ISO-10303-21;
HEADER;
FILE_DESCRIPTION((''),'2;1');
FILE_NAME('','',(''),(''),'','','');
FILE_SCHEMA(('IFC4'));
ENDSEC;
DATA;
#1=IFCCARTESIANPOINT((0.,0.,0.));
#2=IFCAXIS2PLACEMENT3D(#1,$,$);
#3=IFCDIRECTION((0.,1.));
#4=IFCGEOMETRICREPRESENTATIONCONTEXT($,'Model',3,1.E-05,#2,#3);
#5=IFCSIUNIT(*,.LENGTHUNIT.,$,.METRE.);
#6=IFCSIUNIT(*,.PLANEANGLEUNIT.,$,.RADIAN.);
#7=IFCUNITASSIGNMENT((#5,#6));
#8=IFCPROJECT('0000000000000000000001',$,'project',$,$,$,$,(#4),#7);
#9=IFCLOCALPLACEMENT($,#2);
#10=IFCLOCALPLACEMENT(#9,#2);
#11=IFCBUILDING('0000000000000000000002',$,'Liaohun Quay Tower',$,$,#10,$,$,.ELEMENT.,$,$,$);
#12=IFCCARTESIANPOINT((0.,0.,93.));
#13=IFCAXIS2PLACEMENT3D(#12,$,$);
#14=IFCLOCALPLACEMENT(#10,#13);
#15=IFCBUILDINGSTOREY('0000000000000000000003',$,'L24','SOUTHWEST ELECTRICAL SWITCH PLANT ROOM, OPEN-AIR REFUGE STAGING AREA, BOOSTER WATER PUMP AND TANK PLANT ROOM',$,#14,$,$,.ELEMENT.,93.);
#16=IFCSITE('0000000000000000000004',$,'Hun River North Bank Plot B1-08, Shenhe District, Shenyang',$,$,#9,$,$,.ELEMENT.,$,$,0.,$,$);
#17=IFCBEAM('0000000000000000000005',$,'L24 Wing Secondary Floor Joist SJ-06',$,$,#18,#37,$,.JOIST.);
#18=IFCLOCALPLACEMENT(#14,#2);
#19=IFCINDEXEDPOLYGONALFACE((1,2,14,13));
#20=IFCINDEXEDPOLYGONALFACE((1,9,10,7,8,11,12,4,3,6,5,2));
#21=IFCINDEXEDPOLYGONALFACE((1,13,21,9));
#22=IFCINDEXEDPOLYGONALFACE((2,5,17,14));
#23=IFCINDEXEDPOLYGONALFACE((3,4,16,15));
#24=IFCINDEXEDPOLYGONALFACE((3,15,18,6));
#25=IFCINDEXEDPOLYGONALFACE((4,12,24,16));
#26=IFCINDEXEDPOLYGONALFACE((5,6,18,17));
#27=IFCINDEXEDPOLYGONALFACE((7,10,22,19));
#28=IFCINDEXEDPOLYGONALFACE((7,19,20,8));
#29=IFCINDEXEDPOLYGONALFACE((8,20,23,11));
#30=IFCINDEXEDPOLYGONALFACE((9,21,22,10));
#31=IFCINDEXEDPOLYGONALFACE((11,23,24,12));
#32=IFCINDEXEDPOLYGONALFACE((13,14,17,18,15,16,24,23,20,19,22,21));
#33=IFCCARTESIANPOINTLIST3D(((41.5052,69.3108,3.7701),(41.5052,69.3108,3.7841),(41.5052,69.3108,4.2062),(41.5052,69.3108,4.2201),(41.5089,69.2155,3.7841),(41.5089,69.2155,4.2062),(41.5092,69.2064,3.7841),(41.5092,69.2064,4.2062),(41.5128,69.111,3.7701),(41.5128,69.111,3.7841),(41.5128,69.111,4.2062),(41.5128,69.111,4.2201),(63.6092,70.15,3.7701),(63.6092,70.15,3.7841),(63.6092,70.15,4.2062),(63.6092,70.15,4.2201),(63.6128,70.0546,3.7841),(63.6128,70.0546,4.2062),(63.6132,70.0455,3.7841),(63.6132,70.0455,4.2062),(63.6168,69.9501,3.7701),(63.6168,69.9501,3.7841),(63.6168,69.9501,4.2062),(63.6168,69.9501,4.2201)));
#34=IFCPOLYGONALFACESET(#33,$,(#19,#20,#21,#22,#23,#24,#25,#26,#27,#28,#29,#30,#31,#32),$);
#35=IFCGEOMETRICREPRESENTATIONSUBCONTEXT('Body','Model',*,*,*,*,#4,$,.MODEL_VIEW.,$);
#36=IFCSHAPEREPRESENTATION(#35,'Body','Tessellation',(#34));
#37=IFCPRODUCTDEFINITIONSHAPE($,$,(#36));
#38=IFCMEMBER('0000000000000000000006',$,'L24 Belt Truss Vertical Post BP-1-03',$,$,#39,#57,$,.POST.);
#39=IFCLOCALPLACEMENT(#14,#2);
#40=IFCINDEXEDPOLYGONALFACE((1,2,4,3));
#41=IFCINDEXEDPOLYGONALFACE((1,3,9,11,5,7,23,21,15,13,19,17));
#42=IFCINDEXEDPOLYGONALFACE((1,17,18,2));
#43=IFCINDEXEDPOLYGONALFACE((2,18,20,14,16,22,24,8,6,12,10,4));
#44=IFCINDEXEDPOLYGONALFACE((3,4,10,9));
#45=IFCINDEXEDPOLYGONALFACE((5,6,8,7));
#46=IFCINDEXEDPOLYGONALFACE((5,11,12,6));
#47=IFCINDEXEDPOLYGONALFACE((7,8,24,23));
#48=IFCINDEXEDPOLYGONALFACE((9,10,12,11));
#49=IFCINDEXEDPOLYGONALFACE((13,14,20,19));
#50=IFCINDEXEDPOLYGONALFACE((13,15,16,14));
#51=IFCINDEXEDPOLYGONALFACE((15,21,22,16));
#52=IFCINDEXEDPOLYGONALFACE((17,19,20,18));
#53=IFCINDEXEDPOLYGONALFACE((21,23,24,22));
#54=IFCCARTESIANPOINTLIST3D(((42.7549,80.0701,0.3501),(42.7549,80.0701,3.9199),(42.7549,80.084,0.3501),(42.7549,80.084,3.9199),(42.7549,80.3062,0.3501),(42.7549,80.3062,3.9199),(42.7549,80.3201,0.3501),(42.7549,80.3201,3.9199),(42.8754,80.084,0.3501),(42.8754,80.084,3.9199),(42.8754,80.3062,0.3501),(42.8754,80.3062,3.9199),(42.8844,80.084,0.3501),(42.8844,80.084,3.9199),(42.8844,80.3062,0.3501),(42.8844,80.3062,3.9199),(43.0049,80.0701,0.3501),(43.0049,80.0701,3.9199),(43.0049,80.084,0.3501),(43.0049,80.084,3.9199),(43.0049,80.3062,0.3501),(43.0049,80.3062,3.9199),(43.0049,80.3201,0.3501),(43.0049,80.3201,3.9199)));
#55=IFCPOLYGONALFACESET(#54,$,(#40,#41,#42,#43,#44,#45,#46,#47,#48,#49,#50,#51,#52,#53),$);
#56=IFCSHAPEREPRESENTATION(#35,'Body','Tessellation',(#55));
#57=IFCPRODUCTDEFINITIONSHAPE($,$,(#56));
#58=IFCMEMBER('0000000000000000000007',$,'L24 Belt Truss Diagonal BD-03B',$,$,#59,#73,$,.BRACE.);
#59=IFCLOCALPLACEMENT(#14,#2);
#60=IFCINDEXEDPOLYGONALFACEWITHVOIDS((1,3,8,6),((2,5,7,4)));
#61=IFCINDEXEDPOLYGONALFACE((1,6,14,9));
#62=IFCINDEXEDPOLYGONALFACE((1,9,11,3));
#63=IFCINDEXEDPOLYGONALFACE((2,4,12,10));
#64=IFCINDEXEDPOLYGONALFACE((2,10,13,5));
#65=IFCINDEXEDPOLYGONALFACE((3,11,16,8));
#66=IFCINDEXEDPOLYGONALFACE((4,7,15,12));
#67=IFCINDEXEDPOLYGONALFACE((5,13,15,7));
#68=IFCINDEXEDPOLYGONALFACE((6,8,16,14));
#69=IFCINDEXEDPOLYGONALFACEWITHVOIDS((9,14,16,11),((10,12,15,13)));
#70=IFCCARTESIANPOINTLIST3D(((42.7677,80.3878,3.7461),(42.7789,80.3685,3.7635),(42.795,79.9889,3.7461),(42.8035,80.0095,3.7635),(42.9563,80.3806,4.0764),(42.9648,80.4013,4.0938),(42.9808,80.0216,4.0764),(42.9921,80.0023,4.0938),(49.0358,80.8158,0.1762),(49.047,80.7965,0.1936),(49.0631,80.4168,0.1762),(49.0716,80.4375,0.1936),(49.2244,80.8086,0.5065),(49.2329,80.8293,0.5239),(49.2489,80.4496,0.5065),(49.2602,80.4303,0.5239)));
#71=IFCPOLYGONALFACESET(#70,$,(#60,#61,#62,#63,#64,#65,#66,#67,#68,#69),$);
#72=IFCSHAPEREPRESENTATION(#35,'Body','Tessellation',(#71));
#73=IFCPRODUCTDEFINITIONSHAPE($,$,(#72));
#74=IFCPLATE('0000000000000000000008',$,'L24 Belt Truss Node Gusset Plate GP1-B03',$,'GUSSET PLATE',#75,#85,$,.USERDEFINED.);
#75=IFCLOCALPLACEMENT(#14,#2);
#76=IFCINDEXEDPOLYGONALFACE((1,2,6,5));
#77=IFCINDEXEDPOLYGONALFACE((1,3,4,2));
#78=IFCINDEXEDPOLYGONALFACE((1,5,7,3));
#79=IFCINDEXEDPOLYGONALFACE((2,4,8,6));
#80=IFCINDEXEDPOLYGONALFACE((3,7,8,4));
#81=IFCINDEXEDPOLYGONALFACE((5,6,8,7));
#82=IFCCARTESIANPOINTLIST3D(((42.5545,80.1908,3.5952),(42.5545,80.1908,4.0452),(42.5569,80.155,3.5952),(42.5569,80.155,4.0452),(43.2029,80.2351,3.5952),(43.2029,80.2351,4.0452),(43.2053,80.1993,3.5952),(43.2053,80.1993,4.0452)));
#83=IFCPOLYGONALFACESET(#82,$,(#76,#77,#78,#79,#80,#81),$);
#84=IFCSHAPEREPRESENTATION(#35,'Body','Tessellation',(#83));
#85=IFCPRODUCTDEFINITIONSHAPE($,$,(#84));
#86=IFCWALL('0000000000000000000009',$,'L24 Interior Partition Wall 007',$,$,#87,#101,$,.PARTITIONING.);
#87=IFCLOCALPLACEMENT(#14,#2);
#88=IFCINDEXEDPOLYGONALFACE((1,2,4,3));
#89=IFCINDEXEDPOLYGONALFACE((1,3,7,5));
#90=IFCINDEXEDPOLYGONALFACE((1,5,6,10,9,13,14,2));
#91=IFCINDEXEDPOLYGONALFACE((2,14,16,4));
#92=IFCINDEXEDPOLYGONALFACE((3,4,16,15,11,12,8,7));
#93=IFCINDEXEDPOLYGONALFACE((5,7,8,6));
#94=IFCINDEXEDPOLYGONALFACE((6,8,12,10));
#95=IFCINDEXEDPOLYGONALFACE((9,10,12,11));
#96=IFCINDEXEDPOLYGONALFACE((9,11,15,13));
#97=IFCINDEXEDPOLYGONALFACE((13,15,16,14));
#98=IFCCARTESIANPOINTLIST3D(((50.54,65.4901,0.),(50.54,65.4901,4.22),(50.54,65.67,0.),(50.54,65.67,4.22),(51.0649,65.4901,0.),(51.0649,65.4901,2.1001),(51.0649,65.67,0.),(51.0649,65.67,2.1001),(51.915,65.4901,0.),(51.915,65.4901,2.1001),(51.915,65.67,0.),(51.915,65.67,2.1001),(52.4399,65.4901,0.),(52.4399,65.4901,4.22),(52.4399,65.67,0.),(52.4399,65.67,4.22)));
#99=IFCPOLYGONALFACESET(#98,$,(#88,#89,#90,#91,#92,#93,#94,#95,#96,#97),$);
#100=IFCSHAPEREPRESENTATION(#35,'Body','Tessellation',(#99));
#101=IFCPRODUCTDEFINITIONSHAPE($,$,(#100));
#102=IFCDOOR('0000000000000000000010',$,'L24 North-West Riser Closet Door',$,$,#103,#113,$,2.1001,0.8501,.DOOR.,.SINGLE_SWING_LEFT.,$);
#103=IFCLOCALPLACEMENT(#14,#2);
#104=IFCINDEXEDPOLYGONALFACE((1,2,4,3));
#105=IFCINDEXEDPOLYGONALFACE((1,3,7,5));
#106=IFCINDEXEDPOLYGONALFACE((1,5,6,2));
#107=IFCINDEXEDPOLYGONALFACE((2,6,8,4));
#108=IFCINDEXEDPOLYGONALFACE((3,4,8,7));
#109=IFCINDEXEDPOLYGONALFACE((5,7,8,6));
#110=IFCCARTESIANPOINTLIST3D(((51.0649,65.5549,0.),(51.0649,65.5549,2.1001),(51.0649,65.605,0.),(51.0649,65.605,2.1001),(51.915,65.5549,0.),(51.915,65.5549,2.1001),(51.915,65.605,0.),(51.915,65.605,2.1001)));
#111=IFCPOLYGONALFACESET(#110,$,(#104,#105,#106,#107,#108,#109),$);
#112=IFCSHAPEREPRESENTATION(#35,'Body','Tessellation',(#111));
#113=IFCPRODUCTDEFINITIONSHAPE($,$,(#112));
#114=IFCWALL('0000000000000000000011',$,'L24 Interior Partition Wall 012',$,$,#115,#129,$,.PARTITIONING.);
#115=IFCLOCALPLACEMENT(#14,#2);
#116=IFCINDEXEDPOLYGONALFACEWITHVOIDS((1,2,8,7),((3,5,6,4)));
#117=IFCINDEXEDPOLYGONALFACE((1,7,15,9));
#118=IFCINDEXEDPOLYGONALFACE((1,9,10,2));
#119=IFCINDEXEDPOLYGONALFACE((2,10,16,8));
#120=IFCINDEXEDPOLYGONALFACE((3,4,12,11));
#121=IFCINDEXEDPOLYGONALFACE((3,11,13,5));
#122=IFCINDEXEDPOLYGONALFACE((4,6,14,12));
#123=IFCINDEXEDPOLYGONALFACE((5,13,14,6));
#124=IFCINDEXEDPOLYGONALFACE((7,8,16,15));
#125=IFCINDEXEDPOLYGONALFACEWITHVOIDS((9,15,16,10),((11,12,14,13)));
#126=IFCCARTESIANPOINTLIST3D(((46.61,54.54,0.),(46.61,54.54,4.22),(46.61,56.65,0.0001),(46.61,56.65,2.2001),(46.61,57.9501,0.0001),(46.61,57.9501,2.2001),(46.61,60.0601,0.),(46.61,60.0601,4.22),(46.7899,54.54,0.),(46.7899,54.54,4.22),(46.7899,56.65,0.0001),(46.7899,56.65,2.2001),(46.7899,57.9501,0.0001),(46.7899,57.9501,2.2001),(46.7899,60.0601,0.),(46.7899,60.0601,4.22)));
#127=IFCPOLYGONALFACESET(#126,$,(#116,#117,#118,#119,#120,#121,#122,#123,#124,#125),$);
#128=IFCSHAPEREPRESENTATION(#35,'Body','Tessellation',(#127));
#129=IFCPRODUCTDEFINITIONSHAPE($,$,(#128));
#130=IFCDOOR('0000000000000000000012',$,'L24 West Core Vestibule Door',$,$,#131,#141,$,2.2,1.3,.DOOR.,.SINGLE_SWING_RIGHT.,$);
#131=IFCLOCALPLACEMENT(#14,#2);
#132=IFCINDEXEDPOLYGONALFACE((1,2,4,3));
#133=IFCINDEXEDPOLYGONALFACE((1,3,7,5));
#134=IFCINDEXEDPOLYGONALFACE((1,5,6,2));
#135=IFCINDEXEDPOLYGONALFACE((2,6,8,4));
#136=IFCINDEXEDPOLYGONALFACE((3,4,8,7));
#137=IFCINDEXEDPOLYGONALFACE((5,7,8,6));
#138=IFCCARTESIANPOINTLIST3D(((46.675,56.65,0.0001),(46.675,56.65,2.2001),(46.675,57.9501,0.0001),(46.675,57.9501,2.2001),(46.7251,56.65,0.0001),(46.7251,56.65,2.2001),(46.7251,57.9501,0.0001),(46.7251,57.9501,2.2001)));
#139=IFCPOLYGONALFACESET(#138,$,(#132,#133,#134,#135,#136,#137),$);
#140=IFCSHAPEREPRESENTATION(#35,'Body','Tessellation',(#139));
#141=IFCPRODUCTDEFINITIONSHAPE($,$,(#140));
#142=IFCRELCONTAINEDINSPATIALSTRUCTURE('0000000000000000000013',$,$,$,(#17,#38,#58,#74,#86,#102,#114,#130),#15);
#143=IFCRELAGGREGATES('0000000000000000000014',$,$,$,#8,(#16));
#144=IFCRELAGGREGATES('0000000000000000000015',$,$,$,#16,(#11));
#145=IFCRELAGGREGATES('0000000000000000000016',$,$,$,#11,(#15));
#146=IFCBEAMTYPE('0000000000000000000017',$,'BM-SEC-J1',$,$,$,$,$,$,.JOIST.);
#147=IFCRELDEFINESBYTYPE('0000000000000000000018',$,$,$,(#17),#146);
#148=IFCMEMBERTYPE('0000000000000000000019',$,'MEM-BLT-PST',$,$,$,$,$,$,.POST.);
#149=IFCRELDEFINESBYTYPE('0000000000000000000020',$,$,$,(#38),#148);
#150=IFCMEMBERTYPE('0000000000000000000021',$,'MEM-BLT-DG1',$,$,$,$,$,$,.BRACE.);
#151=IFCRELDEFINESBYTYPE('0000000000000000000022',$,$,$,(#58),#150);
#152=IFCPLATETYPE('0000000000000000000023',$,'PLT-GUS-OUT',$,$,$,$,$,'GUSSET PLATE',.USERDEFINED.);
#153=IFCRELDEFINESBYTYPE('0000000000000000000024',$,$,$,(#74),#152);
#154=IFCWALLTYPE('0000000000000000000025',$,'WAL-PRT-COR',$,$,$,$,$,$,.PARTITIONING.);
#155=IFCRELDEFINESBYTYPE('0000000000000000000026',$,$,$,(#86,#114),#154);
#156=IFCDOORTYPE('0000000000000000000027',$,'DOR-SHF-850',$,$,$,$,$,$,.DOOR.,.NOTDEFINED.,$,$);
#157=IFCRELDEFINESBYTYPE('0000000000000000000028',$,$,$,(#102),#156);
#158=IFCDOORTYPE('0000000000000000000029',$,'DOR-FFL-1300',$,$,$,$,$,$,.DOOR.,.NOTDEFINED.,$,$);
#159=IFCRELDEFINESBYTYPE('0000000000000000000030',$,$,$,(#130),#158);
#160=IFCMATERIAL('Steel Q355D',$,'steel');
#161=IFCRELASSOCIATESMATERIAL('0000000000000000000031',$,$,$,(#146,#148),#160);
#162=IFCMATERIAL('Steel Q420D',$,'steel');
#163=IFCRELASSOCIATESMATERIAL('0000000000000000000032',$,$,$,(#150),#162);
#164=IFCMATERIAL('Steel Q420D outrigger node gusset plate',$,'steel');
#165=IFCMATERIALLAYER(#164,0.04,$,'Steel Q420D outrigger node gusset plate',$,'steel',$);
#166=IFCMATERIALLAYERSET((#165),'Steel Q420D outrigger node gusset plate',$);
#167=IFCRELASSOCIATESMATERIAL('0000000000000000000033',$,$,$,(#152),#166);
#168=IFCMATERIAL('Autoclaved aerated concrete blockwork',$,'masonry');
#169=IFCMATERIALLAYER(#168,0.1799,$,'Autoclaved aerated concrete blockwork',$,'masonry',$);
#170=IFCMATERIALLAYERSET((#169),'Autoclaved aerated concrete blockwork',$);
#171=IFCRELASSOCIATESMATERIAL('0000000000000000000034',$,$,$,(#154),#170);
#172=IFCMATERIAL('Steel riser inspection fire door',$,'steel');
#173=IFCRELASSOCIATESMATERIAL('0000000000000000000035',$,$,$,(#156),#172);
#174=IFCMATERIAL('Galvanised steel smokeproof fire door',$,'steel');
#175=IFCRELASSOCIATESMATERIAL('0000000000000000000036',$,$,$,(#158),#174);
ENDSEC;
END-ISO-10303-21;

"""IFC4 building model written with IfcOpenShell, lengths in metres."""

from ifc_helpers import new_model, si_unit, direction, frame, frame_2d, origin, origin_2d, place, context, subcontext, project, spatial, rectangle, hollow_rectangle, i_section, extrude, source, transform, mapped, material, layer, layer_set, material_profile, profile_set, type_object, element, fill, save


model = new_model("IFC4")

# Units and contexts
model_context = context("Model", 3, precision=1e-05, world=origin(), true_north=direction((0.0, 1.0)))
body_context = subcontext(model_context, "Body", "Model", "MODEL_VIEW")
ifc_project = project(units=[si_unit("LENGTHUNIT", "METRE"), si_unit("PLANEANGLEUNIT", "RADIAN")], contexts=[model_context])

# Site, building, storey
site_placement = place(None, origin())
site = spatial("IfcSite", under=ifc_project, at=site_placement, Name="Hun River North Bank Plot B1-08, Shenhe District, Shenyang", CompositionType="ELEMENT", RefElevation=0.0)
building_placement = place(site_placement, origin())
building = spatial("IfcBuilding", under=site, at=building_placement, Name="Liaohun Quay Tower", CompositionType="ELEMENT")
storey_placement = place(building_placement, frame((0.0, 0.0, 93.0)))
storey = spatial("IfcBuildingStorey", under=building, at=storey_placement, Name="L24", Description="SOUTHWEST ELECTRICAL SWITCH PLANT ROOM, OPEN-AIR REFUGE STAGING AREA, BOOSTER WATER PUMP AND TANK PLANT ROOM", CompositionType="ELEMENT", Elevation=93.0)

# Beam
ifc_material_1 = material(Name="Steel Q355D", Category="steel")
ifc_material_profile_1 = material_profile(ifc_material_1, i_section(OverallWidth=0.2, OverallDepth=0.45, WebThickness=0.009, FlangeThickness=0.0139, at=origin_2d()), Name="HN450x200x9x14")
ifc_profile_set_1 = profile_set([ifc_material_profile_1], Name="Steel Q355D")
beam_type = type_object("IfcBeamType", Name="BM-SEC-J1", PredefinedType="JOIST", material=ifc_profile_set_1)
shared_shape_1 = source(origin(), body_context, "Body", "SweptSolid", [
    extrude(i_section(OverallWidth=0.2, OverallDepth=0.45, WebThickness=0.009, FlangeThickness=0.0139, at=origin_2d()), origin(), (0.0, 0.0, 1.0), 22.1199),
])
beam_placement = place(storey_placement, frame((41.509, 69.2109, 3.9951), z_axis=(0.99928, 0.037935, 0.0), x_axis=(-0.037935, 0.99928, 0.0)))
element("IfcBeam", 1, at=beam_placement, inside=storey, type_object=beam_type, Name="L24 Wing Secondary Floor Joist SJ-06", PredefinedType="JOIST", context=body_context, shape_type="MappedRepresentation", body=[
    mapped(shared_shape_1, transform((0.0, 0.0, 0.0), x_axis=(1.0, 0.0, 0.0), y_axis=(0.0, 1.0, 0.0), z_axis=(0.0, 0.0, 1.0), scale=1.0)),
])

# Members
ifc_material_profile_2 = material_profile(ifc_material_1, i_section(OverallWidth=0.25, OverallDepth=0.25, WebThickness=0.009, FlangeThickness=0.0139, at=origin_2d()), Name="HW250x250x9x14")
ifc_profile_set_2 = profile_set([ifc_material_profile_2], Name="Steel Q355D")
member_type_1 = type_object("IfcMemberType", Name="MEM-BLT-PST", PredefinedType="POST", material=ifc_profile_set_2)
shared_shape_2 = source(origin(), body_context, "Body", "SweptSolid", [
    extrude(i_section(OverallWidth=0.25, OverallDepth=0.25, WebThickness=0.009, FlangeThickness=0.0139, at=origin_2d()), origin(), (0.0, 0.0, 1.0), 3.5698),
])
member_1_placement = place(storey_placement, frame((42.8799, 80.1951, 0.3501), z_axis=(0.0, 0.0, 1.0), x_axis=(1.0, 0.0, 0.0)))
element("IfcMember", 2, at=member_1_placement, inside=storey, type_object=member_type_1, Name="L24 Belt Truss Vertical Post BP-1-03", PredefinedType="POST", context=body_context, shape_type="MappedRepresentation", body=[
    mapped(shared_shape_2, transform((0.0, 0.0, 0.0), x_axis=(1.0, 0.0, 0.0), y_axis=(0.0, 1.0, 0.0), z_axis=(0.0, 0.0, 1.0), scale=1.0)),
])
ifc_material_2 = material(Name="Steel Q420D", Category="steel")
ifc_material_profile_3 = material_profile(ifc_material_2, hollow_rectangle(XDim=0.3999, YDim=0.3999, WallThickness=0.02, at=origin_2d()), Name="SHS400x400x20")
ifc_profile_set_3 = profile_set([ifc_material_profile_3], Name="Steel Q420D")
member_type_2 = type_object("IfcMemberType", Name="MEM-BLT-DG1", PredefinedType="BRACE", material=ifc_profile_set_3)
shared_shape_3 = source(origin(), body_context, "Body", "SweptSolid", [
    extrude(hollow_rectangle(XDim=0.3999, YDim=0.3999, WallThickness=0.02, at=origin_2d()), origin(), (0.0, 0.0, 1.0), 7.2261),
])
member_2_placement = place(storey_placement, frame((42.8799, 80.1951, 3.9199), z_axis=(0.867429, 0.059227, -0.494023), x_axis=(-0.068121, 0.997677, 0.0)))
element("IfcMember", 3, at=member_2_placement, inside=storey, type_object=member_type_2, Name="L24 Belt Truss Diagonal BD-03B", PredefinedType="BRACE", context=body_context, shape_type="MappedRepresentation", body=[
    mapped(shared_shape_3, transform((0.0, 0.0, 0.0), x_axis=(1.0, 0.0, 0.0), y_axis=(0.0, 1.0, 0.0), z_axis=(0.0, 0.0, 1.0), scale=1.0)),
])

# Plate
ifc_material_3 = material(Name="Steel Q420D outrigger node gusset plate", Category="steel")
ifc_layer_1 = layer(ifc_material_3, 0.04, Name="Steel Q420D outrigger node gusset plate", Category="steel")
ifc_layer_set_1 = layer_set([ifc_layer_1], Name="Steel Q420D outrigger node gusset plate")
plate_type = type_object("IfcPlateType", Name="PLT-GUS-OUT", ElementType="GUSSET PLATE", PredefinedType="USERDEFINED", material=ifc_layer_set_1)
shared_shape_4 = source(origin(), body_context, "Body", "SweptSolid", [
    extrude(rectangle(XDim=0.6499, YDim=0.0359, at=origin_2d()), origin(), (0.0, 0.0, 1.0), 0.45),
])
plate_placement = place(storey_placement, frame((42.8799, 80.1951, 3.5952), z_axis=(0.0, 0.0, 1.0), x_axis=(0.997672, 0.068189, 0.0)))
element("IfcPlate", 4, at=plate_placement, inside=storey, type_object=plate_type, Name="L24 Belt Truss Node Gusset Plate GP1-B03", ObjectType="GUSSET PLATE", PredefinedType="USERDEFINED", context=body_context, shape_type="MappedRepresentation", body=[
    mapped(shared_shape_4, transform((0.0, 0.0, 0.0), x_axis=(1.0, 0.0, 0.0), y_axis=(0.0, 1.0, 0.0), z_axis=(0.0, 0.0, 1.0), scale=1.0)),
])

# Walls, openings, doors
ifc_material_4 = material(Name="Autoclaved aerated concrete blockwork", Category="masonry")
ifc_layer_2 = layer(ifc_material_4, 0.1799, Name="Autoclaved aerated concrete blockwork", Category="masonry")
ifc_layer_set_2 = layer_set([ifc_layer_2], Name="Autoclaved aerated concrete blockwork")
wall_type_1 = type_object("IfcWallType", Name="WAL-PRT-COR", PredefinedType="PARTITIONING", material=ifc_layer_set_2)
wall_1_placement = place(storey_placement, frame((50.54, 65.5801, 0.0), z_axis=(0.0, 0.0, 1.0), x_axis=(1.0, 0.0, 0.0)))
wall_1 = element("IfcWall", 5, at=wall_1_placement, inside=storey, type_object=wall_type_1, Name="L24 Interior Partition Wall 007", PredefinedType="PARTITIONING", context=body_context, shape_type="SweptSolid", body=[
    extrude(rectangle(XDim=1.8999, YDim=0.1799, at=frame_2d((0.95, 0.0))), origin(), (0.0, 0.0, 1.0), 4.22),
])
shared_shape_5 = source(origin(), body_context, "Body", "SweptSolid", [
    extrude(rectangle(XDim=0.8501, YDim=2.1001, at=frame_2d((0.425, 1.05))), frame((0.0, 0.0999, 0.0), z_axis=(0.0, -1.0, 0.0), x_axis=(1.0, 0.0, 0.0)), (0.0, 0.0, 1.0), 0.2),
])
opening_1_placement = place(wall_1_placement, frame((0.5249, 0.0, 0.0)))
opening_1 = element("IfcOpeningElement", 6, at=opening_1_placement, cuts=wall_1, PredefinedType="OPENING", context=body_context, shape_type="MappedRepresentation", body=[
    mapped(shared_shape_5, transform((0.0, 0.0, 0.0), x_axis=(1.0, 0.0, 0.0), y_axis=(0.0, 1.0, 0.0), z_axis=(0.0, 0.0, 1.0), scale=1.0)),
])
ifc_material_5 = material(Name="Steel riser inspection fire door", Category="steel")
door_type_1 = type_object("IfcDoorType", Name="DOR-SHF-850", OperationType="NOTDEFINED", PredefinedType="DOOR", material=ifc_material_5)
shared_shape_6 = source(origin(), body_context, "Body", "SweptSolid", [
    extrude(rectangle(XDim=0.8501, YDim=2.1001, at=frame_2d((0.425, 1.05))), frame((0.0, 0.0249, 0.0), z_axis=(0.0, -1.0, 0.0), x_axis=(1.0, 0.0, 0.0)), (0.0, 0.0, 1.0), 0.05),
])
door_1_placement = place(opening_1_placement, origin())
door_1 = element("IfcDoor", 7, at=door_1_placement, inside=storey, type_object=door_type_1, Name="L24 North-West Riser Closet Door", OperationType="SINGLE_SWING_LEFT", OverallHeight=2.1001, OverallWidth=0.8501, PredefinedType="DOOR", context=body_context, shape_type="MappedRepresentation", body=[
    mapped(shared_shape_6, transform((0.0, 0.0, 0.0), x_axis=(1.0, 0.0, 0.0), y_axis=(0.0, 1.0, 0.0), z_axis=(0.0, 0.0, 1.0), scale=1.0)),
])
fill(opening_1, door_1)
wall_2_placement = place(storey_placement, frame((46.7, 54.54, 0.0), z_axis=(0.0, 0.0, 1.0), x_axis=(0.0, 1.0, 0.0)))
wall_2 = element("IfcWall", 8, at=wall_2_placement, inside=storey, type_object=wall_type_1, Name="L24 Interior Partition Wall 012", PredefinedType="PARTITIONING", context=body_context, shape_type="SweptSolid", body=[
    extrude(rectangle(XDim=5.52, YDim=0.1799, at=frame_2d((2.76, 0.0))), origin(), (0.0, 0.0, 1.0), 4.22),
])
shared_shape_7 = source(origin(), body_context, "Body", "SweptSolid", [
    extrude(rectangle(XDim=1.3, YDim=2.2, at=frame_2d((0.6499, 1.1001))), frame((0.0, 0.0999, 0.0), z_axis=(0.0, -1.0, 0.0), x_axis=(1.0, 0.0, 0.0)), (0.0, 0.0, 1.0), 0.2),
])
opening_2_placement = place(wall_2_placement, frame((2.1101, 0.0, 0.0)))
opening_2 = element("IfcOpeningElement", 9, at=opening_2_placement, cuts=wall_2, PredefinedType="OPENING", context=body_context, shape_type="MappedRepresentation", body=[
    mapped(shared_shape_7, transform((0.0, 0.0, 0.0), x_axis=(1.0, 0.0, 0.0), y_axis=(0.0, 1.0, 0.0), z_axis=(0.0, 0.0, 1.0), scale=1.0)),
])
ifc_material_6 = material(Name="Galvanised steel smokeproof fire door", Category="steel")
door_type_2 = type_object("IfcDoorType", Name="DOR-FFL-1300", OperationType="NOTDEFINED", PredefinedType="DOOR", material=ifc_material_6)
shared_shape_8 = source(origin(), body_context, "Body", "SweptSolid", [
    extrude(rectangle(XDim=1.3, YDim=2.2, at=frame_2d((0.6499, 1.1001))), frame((0.0, 0.0249, 0.0), z_axis=(0.0, -1.0, 0.0), x_axis=(1.0, 0.0, 0.0)), (0.0, 0.0, 1.0), 0.05),
])
door_2_placement = place(opening_2_placement, origin())
door_2 = element("IfcDoor", 10, at=door_2_placement, inside=storey, type_object=door_type_2, Name="L24 West Core Vestibule Door", OperationType="SINGLE_SWING_RIGHT", OverallHeight=2.2, OverallWidth=1.3, PredefinedType="DOOR", context=body_context, shape_type="MappedRepresentation", body=[
    mapped(shared_shape_8, transform((0.0, 0.0, 0.0), x_axis=(1.0, 0.0, 0.0), y_axis=(0.0, 1.0, 0.0), z_axis=(0.0, 0.0, 1.0), scale=1.0)),
])
fill(opening_2, door_2)

save(model, "model.ifc")
